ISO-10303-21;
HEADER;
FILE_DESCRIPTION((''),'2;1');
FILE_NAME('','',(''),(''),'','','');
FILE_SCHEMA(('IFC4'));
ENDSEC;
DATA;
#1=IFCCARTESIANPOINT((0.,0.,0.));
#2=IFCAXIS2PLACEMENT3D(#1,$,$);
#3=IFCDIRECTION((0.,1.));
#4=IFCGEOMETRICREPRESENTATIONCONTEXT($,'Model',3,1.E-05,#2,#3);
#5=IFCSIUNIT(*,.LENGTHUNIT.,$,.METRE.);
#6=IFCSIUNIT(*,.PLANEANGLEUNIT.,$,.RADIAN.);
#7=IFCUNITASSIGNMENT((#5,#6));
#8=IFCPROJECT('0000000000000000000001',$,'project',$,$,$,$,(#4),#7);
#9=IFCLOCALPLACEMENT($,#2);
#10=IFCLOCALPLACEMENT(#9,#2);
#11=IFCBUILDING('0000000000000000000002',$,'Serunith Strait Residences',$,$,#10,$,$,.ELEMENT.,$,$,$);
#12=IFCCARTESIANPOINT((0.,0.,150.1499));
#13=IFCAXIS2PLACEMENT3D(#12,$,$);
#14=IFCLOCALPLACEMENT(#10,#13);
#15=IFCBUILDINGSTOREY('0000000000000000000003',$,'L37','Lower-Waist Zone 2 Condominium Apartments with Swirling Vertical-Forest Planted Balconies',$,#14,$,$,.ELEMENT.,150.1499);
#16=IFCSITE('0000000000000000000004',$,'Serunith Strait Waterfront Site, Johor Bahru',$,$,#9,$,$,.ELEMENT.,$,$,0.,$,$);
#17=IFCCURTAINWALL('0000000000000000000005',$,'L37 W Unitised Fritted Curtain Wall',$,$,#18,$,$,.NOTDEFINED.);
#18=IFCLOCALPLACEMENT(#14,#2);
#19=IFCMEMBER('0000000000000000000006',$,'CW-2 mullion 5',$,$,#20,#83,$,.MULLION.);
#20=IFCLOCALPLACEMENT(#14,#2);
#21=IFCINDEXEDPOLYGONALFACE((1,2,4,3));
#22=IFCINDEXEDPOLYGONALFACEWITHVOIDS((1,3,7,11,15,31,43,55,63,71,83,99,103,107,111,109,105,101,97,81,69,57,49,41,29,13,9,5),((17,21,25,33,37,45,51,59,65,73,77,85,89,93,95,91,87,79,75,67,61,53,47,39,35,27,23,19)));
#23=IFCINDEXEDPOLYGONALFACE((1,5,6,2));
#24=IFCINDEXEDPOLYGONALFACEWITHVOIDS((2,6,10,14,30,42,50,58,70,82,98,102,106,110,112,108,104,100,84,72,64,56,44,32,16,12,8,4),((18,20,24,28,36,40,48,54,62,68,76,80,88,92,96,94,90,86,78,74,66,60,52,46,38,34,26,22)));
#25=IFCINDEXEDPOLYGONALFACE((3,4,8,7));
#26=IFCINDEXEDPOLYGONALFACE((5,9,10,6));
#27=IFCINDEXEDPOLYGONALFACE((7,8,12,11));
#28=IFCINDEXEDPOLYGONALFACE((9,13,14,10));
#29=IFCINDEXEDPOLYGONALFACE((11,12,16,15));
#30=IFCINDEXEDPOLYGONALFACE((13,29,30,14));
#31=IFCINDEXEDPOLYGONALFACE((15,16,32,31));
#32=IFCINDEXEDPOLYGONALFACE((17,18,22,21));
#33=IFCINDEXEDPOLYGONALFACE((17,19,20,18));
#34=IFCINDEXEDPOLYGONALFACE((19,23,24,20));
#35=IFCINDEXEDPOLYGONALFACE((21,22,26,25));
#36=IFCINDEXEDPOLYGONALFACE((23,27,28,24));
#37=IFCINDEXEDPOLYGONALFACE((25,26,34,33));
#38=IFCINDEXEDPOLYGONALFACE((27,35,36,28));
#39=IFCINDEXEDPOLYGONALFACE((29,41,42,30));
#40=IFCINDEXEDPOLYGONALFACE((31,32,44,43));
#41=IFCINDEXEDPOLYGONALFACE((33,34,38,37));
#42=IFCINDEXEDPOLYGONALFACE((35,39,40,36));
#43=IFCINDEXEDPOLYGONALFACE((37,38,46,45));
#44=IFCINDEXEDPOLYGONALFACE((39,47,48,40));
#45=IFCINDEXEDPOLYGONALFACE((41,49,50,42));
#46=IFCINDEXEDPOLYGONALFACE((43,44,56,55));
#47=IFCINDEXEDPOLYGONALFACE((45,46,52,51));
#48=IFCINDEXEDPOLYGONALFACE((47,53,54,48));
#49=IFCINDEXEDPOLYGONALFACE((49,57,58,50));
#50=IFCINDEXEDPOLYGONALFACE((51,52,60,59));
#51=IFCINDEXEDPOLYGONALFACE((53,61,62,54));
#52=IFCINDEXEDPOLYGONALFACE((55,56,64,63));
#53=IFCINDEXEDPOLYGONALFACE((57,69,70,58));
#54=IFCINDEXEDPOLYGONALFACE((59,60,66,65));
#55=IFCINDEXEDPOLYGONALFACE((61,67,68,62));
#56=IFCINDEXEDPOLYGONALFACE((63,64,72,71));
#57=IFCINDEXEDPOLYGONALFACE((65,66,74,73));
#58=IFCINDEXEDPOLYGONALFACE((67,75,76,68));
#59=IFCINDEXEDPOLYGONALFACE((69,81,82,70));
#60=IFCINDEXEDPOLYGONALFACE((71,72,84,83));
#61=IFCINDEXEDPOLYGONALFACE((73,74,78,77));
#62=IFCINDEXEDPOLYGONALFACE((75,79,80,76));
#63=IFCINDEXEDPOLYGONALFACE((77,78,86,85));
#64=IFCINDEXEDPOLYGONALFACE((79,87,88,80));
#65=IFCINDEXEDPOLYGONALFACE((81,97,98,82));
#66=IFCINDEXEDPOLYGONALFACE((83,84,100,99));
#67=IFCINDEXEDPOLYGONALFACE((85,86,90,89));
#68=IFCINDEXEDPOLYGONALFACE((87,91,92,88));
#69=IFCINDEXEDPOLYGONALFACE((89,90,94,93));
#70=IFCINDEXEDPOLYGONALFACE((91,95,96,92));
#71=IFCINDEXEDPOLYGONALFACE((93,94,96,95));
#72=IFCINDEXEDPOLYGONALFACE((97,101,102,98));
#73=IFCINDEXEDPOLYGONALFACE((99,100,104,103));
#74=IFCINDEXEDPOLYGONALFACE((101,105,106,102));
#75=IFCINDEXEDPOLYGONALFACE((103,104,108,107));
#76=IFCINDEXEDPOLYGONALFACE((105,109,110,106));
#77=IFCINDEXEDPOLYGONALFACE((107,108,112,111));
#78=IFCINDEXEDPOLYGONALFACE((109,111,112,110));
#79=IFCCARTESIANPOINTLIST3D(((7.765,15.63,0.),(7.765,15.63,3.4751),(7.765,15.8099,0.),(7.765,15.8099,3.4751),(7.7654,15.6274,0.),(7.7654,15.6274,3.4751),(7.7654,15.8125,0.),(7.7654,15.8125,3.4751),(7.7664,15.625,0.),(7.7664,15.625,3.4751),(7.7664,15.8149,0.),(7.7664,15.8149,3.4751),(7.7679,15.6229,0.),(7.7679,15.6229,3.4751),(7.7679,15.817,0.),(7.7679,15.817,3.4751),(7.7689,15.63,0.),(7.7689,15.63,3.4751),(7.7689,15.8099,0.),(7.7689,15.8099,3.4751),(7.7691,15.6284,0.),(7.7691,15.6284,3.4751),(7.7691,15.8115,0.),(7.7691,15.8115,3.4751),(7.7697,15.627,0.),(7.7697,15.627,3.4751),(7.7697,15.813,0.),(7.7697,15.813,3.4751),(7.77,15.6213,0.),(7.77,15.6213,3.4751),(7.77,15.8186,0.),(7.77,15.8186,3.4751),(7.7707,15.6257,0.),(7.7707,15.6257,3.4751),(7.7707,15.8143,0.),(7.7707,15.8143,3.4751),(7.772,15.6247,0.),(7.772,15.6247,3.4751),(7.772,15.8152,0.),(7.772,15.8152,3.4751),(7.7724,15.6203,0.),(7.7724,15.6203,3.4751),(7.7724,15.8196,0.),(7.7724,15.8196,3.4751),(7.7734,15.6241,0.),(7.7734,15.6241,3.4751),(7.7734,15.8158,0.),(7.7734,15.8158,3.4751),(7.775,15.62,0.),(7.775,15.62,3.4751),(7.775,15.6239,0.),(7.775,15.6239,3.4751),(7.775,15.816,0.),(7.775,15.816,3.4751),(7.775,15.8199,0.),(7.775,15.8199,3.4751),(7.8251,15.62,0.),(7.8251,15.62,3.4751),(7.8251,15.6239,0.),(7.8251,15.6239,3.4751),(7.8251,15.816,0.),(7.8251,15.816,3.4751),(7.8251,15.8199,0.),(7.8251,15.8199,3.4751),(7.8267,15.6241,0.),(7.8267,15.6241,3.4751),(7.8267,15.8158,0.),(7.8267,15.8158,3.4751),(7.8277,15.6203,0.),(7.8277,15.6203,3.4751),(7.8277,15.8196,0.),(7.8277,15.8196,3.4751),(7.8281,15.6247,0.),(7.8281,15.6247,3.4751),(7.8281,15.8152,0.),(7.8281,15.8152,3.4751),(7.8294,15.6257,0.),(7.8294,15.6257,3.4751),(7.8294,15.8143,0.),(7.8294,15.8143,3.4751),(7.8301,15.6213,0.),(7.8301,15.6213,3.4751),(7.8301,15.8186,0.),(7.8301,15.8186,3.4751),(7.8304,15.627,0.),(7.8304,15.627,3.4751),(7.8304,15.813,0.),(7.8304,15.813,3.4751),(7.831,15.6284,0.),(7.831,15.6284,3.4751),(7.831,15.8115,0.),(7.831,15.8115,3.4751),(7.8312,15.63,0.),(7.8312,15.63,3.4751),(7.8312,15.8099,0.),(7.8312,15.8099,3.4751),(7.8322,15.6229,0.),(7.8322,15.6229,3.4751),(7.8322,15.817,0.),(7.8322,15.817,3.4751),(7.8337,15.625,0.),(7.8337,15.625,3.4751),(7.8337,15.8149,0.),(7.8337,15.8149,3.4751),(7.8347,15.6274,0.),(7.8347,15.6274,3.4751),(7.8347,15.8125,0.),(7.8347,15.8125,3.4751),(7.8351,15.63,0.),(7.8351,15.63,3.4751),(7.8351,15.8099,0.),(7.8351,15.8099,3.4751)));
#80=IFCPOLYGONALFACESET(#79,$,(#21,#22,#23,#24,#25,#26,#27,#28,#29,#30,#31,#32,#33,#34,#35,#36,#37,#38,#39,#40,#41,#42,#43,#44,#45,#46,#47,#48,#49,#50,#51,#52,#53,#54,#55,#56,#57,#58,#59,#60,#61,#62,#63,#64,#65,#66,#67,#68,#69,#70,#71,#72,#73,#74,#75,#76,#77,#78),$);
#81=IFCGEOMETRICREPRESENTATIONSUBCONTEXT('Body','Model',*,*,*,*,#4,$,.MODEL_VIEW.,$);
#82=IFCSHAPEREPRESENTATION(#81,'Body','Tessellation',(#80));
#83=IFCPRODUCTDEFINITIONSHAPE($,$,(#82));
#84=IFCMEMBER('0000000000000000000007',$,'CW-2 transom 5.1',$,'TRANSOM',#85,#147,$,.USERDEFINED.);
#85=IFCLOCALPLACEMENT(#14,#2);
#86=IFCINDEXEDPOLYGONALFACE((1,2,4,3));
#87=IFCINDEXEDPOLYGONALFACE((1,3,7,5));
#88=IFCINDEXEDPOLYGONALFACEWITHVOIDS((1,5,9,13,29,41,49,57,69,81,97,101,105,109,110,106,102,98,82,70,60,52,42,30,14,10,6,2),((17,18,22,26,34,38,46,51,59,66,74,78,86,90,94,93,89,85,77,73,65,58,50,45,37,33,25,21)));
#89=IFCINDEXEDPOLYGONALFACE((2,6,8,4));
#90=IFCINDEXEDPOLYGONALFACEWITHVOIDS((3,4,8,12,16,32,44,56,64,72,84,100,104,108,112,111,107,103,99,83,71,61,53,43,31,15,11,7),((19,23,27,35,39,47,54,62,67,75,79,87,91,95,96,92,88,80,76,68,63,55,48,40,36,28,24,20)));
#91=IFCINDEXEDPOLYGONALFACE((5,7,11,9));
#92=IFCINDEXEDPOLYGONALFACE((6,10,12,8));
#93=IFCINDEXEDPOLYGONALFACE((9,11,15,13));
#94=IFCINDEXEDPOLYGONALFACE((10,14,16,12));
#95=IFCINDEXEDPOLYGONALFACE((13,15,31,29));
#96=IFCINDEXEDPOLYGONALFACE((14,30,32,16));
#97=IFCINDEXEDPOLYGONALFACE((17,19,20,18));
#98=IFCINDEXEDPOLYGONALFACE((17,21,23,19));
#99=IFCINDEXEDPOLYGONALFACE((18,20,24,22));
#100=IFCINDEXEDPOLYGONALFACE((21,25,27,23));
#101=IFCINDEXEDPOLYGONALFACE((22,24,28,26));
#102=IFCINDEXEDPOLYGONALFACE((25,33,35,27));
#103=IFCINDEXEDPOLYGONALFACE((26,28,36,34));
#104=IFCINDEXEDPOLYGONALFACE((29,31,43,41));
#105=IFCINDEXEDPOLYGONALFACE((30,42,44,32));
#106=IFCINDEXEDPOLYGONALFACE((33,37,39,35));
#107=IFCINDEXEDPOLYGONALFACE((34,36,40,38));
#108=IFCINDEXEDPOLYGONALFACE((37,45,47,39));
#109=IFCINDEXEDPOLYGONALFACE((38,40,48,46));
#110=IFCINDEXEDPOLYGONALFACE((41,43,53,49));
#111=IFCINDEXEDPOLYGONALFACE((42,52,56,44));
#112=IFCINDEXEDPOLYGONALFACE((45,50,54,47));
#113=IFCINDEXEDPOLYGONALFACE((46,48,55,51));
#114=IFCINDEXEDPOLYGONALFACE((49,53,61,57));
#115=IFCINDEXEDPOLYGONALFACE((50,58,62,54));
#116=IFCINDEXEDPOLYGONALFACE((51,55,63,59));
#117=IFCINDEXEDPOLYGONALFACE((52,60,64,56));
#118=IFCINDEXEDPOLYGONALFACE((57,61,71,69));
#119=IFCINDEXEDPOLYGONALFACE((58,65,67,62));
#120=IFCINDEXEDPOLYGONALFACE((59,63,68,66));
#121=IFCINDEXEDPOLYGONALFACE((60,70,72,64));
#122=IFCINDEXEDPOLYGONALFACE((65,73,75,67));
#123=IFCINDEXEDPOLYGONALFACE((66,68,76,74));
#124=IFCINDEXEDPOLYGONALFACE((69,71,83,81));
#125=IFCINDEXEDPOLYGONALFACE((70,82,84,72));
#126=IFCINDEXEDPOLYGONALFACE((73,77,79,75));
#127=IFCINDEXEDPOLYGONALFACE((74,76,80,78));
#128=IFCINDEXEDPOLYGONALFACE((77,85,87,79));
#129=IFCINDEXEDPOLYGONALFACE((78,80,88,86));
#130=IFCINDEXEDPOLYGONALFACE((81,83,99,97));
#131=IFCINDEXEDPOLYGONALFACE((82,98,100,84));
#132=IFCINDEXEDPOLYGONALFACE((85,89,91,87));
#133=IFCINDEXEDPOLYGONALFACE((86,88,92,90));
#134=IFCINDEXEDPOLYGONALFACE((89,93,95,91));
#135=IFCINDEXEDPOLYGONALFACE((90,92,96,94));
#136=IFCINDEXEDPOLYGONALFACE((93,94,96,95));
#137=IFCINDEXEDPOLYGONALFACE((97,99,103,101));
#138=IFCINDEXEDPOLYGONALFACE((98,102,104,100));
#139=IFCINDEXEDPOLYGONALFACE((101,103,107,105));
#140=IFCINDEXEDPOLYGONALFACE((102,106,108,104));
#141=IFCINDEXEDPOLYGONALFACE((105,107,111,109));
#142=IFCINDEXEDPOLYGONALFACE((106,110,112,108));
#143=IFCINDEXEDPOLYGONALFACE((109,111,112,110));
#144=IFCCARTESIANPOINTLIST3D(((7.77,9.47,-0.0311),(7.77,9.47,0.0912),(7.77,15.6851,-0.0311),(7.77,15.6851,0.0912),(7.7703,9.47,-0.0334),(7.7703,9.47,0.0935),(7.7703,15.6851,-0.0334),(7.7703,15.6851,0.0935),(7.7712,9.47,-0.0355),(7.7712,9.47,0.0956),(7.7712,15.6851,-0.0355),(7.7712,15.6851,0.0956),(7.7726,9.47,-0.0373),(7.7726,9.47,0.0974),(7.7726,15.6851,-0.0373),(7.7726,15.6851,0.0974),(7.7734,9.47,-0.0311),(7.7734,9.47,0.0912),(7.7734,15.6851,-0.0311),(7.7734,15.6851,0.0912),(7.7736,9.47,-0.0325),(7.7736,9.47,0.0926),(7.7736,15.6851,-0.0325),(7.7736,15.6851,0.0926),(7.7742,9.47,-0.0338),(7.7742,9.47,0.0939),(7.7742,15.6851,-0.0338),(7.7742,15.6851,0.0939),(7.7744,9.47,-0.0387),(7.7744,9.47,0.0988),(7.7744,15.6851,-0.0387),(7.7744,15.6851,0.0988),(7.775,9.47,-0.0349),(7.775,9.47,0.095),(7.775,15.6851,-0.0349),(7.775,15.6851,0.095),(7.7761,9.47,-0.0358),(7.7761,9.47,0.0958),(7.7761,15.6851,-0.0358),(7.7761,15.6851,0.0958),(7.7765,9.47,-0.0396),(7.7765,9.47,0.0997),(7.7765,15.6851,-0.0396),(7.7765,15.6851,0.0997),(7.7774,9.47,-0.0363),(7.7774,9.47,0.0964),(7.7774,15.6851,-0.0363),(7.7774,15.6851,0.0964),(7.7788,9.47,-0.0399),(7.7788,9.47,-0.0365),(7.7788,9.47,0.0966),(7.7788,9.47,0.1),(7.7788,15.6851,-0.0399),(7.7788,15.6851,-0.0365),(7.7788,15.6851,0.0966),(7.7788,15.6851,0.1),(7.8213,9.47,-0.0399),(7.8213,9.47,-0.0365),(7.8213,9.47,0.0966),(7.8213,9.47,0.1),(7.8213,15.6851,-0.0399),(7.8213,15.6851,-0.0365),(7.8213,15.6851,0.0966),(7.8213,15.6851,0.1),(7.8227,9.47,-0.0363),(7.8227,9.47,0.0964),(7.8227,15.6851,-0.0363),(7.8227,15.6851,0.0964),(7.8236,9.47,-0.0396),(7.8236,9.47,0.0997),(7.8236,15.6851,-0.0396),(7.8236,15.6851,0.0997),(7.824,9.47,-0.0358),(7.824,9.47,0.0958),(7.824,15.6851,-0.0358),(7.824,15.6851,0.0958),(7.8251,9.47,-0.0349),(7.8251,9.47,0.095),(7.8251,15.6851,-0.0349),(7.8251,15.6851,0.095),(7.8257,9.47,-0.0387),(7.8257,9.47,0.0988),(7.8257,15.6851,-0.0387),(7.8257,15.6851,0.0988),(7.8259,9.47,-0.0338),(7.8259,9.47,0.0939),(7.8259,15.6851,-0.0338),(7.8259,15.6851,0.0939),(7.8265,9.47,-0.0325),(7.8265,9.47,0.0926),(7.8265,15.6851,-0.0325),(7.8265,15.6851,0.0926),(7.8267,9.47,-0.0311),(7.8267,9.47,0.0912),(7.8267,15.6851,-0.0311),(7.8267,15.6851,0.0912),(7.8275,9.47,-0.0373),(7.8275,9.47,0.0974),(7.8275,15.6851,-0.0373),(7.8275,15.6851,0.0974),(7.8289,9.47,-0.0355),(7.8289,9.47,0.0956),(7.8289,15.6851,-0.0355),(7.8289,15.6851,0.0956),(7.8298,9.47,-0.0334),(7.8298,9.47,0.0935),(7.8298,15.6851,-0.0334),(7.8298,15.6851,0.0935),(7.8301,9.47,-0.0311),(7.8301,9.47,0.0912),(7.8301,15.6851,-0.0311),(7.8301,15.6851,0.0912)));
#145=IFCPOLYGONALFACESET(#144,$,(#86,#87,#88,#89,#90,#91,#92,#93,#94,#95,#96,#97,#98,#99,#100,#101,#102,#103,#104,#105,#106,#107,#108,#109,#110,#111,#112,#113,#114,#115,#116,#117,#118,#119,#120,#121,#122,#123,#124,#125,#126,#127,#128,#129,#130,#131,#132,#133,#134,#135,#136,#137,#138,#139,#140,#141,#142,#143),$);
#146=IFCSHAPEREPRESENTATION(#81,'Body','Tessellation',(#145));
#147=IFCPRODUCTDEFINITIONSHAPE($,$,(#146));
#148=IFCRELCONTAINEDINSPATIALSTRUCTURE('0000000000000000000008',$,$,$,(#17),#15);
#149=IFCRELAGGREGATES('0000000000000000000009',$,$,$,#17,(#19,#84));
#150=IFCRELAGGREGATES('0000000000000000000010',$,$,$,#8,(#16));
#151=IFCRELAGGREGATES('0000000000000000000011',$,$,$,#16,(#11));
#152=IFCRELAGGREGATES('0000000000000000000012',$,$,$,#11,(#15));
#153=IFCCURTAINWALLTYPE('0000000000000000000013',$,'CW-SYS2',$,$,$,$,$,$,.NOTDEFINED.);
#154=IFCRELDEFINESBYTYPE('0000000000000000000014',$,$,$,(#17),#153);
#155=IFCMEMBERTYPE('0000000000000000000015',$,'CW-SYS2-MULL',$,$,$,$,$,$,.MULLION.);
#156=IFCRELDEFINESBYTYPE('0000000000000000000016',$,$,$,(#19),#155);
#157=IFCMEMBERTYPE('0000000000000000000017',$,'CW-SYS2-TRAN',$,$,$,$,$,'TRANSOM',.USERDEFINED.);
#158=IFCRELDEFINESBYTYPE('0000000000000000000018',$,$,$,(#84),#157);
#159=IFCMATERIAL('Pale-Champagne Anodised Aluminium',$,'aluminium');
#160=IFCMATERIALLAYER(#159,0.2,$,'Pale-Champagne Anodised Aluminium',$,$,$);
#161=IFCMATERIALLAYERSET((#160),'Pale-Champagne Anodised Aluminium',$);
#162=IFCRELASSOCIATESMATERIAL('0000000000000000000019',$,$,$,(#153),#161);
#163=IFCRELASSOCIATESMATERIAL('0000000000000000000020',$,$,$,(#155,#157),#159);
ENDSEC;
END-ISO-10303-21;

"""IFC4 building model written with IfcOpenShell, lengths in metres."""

from ifc_helpers import new_model, si_unit, direction, frame, origin, origin_2d, place, context, subcontext, project, spatial, hollow_rectangle, extrude, source, transform, mapped, material, layer, layer_set, material_profile, profile_set, type_object, element, aggregate, save


model = new_model("IFC4")

# Units and contexts
model_context = context("Model", 3, precision=1e-05, world=origin(), true_north=direction((0.0, 1.0)))
body_context = subcontext(model_context, "Body", "Model", "MODEL_VIEW")
ifc_project = project(units=[si_unit("LENGTHUNIT", "METRE"), si_unit("PLANEANGLEUNIT", "RADIAN")], contexts=[model_context])

# Site, building, storey
site_placement = place(None, origin())
site = spatial("IfcSite", under=ifc_project, at=site_placement, Name="Serunith Strait Waterfront Site, Johor Bahru", CompositionType="ELEMENT", RefElevation=0.0)
building_placement = place(site_placement, origin())
building = spatial("IfcBuilding", under=site, at=building_placement, Name="Serunith Strait Residences", CompositionType="ELEMENT")
storey_placement = place(building_placement, frame((0.0, 0.0, 150.1499)))
storey = spatial("IfcBuildingStorey", under=building, at=storey_placement, Name="L37", Description="Lower-Waist Zone 2 Condominium Apartments with Swirling Vertical-Forest Planted Balconies", CompositionType="ELEMENT", Elevation=150.1499)

# Curtain wall, members
ifc_material_1 = material(Name="Pale-Champagne Anodised Aluminium", Category="aluminium")
ifc_layer_1 = layer(ifc_material_1, 0.2, Name="Pale-Champagne Anodised Aluminium")
ifc_layer_set_1 = layer_set([ifc_layer_1], Name="Pale-Champagne Anodised Aluminium")
curtain_wall_type = type_object("IfcCurtainWallType", Name="CW-SYS2", PredefinedType="NOTDEFINED", material=ifc_layer_set_1)
curtain_wall_placement = place(storey_placement, origin())
curtain_wall = element("IfcCurtainWall", 1, at=curtain_wall_placement, inside=storey, type_object=curtain_wall_type, Name="L37 W Unitised Fritted Curtain Wall", PredefinedType="NOTDEFINED")
ifc_material_profile_1 = material_profile(ifc_material_1, hollow_rectangle(XDim=0.0701, YDim=0.2, WallThickness=0.0039, InnerFilletRadius=0.0061, OuterFilletRadius=0.01, at=origin_2d()), Name="ALU 200x70x4")
ifc_profile_set_1 = profile_set([ifc_material_profile_1], Name="Pale-Champagne Anodised Aluminium")
member_type_1 = type_object("IfcMemberType", Name="CW-SYS2-MULL", PredefinedType="MULLION", material=ifc_profile_set_1)
shared_shape_1 = source(origin(), body_context, "Body", "SweptSolid", [
    extrude(hollow_rectangle(XDim=0.0701, YDim=0.2, WallThickness=0.0039, InnerFilletRadius=0.0061, OuterFilletRadius=0.01, at=origin_2d()), origin(), (0.0, 0.0, 1.0), 3.4751),
])
member_1_placement = place(storey_placement, frame((7.8, 15.72, 0.0), z_axis=(0.0, 0.0, 1.0), x_axis=(1.0, 0.0, 0.0)))
member_1 = element("IfcMember", 2, at=member_1_placement, type_object=member_type_1, Name="CW-2 mullion 5", PredefinedType="MULLION", context=body_context, shape_type="MappedRepresentation", body=[
    mapped(shared_shape_1, transform((0.0, 0.0, 0.0), scale=1.0)),
])
ifc_material_profile_2 = material_profile(ifc_material_1, hollow_rectangle(XDim=0.0601, YDim=0.1399, WallThickness=0.0034, InnerFilletRadius=0.0054, OuterFilletRadius=0.0088, at=origin_2d()), Name="ALU 140x60x3.5")
ifc_profile_set_2 = profile_set([ifc_material_profile_2], Name="Pale-Champagne Anodised Aluminium")
member_type_2 = type_object("IfcMemberType", Name="CW-SYS2-TRAN", ElementType="TRANSOM", PredefinedType="USERDEFINED", material=ifc_profile_set_2)
shared_shape_2 = source(origin(), body_context, "Body", "SweptSolid", [
    extrude(hollow_rectangle(XDim=0.0601, YDim=0.1399, WallThickness=0.0034, InnerFilletRadius=0.0054, OuterFilletRadius=0.0088, at=origin_2d()), origin(), (0.0, 0.0, 1.0), 6.2151),
])
member_2_placement = place(storey_placement, frame((7.8, 15.6851, 0.03), z_axis=(0.0, -1.0, 0.0), x_axis=(1.0, 0.0, 0.0)))
member_2 = element("IfcMember", 3, at=member_2_placement, type_object=member_type_2, Name="CW-2 transom 5.1", ObjectType="TRANSOM", PredefinedType="USERDEFINED", context=body_context, shape_type="MappedRepresentation", body=[
    mapped(shared_shape_2, transform((0.0, 0.0, 0.0), scale=1.0)),
])
aggregate(curtain_wall, [member_1, member_2])

save(model, "model.ifc")
